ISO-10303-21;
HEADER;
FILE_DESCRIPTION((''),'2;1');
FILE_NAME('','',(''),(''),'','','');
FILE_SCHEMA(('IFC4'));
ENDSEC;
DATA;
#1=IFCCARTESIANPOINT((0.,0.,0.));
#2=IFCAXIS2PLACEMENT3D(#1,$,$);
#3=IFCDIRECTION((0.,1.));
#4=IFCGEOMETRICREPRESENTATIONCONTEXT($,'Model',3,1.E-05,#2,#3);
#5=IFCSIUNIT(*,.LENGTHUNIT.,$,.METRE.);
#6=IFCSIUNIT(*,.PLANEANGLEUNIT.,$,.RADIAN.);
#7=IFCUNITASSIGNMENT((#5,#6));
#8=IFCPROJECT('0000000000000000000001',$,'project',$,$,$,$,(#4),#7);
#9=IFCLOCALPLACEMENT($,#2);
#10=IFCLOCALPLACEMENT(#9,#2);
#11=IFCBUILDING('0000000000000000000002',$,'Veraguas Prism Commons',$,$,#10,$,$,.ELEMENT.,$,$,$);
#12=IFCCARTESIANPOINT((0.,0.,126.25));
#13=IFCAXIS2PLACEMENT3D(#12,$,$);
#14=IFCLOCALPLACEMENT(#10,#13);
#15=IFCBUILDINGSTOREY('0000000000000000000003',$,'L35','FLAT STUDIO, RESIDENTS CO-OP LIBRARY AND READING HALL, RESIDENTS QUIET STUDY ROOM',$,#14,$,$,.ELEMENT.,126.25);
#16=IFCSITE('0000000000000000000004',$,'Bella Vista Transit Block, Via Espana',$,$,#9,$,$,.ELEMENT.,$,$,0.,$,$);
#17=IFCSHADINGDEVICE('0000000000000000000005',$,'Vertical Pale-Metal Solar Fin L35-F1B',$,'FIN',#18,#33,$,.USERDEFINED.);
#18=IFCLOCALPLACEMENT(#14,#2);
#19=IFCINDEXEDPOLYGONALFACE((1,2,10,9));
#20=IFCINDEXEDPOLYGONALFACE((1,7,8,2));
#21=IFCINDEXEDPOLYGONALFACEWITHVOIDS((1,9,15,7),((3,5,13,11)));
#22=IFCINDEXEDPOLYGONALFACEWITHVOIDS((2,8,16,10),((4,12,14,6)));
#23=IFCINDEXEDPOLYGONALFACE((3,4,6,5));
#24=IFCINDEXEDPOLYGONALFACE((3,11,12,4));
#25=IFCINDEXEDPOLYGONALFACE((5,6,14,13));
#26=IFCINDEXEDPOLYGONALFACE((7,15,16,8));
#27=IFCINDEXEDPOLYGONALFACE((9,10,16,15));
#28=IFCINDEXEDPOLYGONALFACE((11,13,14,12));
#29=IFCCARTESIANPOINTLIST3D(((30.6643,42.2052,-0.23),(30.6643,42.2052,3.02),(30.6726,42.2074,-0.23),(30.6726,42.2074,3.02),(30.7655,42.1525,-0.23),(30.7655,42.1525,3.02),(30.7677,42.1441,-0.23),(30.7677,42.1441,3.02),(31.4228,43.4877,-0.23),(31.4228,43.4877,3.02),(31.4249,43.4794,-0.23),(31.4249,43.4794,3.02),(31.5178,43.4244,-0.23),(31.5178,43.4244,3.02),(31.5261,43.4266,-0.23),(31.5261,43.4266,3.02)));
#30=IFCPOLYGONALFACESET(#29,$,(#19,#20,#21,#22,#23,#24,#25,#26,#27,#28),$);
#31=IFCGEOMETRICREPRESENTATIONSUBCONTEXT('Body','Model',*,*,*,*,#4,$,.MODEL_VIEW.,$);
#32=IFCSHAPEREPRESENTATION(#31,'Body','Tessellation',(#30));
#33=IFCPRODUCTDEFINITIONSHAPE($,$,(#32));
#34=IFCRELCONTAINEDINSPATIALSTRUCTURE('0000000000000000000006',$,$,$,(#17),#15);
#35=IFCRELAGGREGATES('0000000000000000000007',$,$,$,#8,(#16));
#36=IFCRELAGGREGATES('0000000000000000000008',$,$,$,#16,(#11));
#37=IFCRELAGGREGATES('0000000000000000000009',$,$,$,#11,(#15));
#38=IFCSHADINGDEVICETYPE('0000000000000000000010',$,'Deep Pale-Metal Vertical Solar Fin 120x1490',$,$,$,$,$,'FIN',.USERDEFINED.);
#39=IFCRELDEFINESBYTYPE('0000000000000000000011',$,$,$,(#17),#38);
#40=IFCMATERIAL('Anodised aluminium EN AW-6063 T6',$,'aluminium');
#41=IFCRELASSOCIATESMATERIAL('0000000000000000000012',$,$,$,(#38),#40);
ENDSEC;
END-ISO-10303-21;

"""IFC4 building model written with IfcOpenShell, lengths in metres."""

from ifc_helpers import new_model, si_unit, direction, frame, origin, origin_2d, place, context, subcontext, project, spatial, hollow_rectangle, extrude, material, material_profile, profile_set, type_object, element, save


model = new_model("IFC4")

# Units and contexts
model_context = context("Model", 3, precision=1e-05, world=origin(), true_north=direction((0.0, 1.0)))
body_context = subcontext(model_context, "Body", "Model", "MODEL_VIEW")
ifc_project = project(units=[si_unit("LENGTHUNIT", "METRE"), si_unit("PLANEANGLEUNIT", "RADIAN")], contexts=[model_context])

# Site, building, storey
site_placement = place(None, origin())
site = spatial("IfcSite", under=ifc_project, at=site_placement, Name="Bella Vista Transit Block, Via Espana", CompositionType="ELEMENT", RefElevation=0.0)
building_placement = place(site_placement, origin())
building = spatial("IfcBuilding", under=site, at=building_placement, Name="Veraguas Prism Commons", CompositionType="ELEMENT")
storey_placement = place(building_placement, frame((0.0, 0.0, 126.25)))
storey = spatial("IfcBuildingStorey", under=building, at=storey_placement, Name="L35", Description="FLAT STUDIO, RESIDENTS CO-OP LIBRARY AND READING HALL, RESIDENTS QUIET STUDY ROOM", CompositionType="ELEMENT", Elevation=126.25)

# Shared definitions
ifc_material_1 = material(Name="Anodised aluminium EN AW-6063 T6", Category="aluminium")

# Shading device
ifc_material_profile_1 = material_profile(ifc_material_1, hollow_rectangle(XDim=0.1201, YDim=1.49, WallThickness=0.0061, at=origin_2d()), Name="FIN120X1490X6")
ifc_profile_set_1 = profile_set([ifc_material_profile_1], Name="Anodised aluminium EN AW-6063 T6")
shading_device_type = type_object("IfcShadingDeviceType", Name="Deep Pale-Metal Vertical Solar Fin 120x1490", ElementType="FIN", PredefinedType="USERDEFINED", material=ifc_profile_set_1)
shading_device_placement = place(storey_placement, frame((31.0952, 42.8159, -0.23), z_axis=(0.0, 0.0, 1.0), x_axis=(-0.860743, 0.50904, 0.0)))
element("IfcShadingDevice", 1, at=shading_device_placement, inside=storey, type_object=shading_device_type, Name="Vertical Pale-Metal Solar Fin L35-F1B", ObjectType="FIN", PredefinedType="USERDEFINED", context=body_context, shape_type="SweptSolid", body=[
    extrude(hollow_rectangle(XDim=0.1201, YDim=1.49, WallThickness=0.0061, at=origin_2d()), origin(), (0.0, 0.0, 1.0), 3.25),
])

save(model, "model.ifc")
